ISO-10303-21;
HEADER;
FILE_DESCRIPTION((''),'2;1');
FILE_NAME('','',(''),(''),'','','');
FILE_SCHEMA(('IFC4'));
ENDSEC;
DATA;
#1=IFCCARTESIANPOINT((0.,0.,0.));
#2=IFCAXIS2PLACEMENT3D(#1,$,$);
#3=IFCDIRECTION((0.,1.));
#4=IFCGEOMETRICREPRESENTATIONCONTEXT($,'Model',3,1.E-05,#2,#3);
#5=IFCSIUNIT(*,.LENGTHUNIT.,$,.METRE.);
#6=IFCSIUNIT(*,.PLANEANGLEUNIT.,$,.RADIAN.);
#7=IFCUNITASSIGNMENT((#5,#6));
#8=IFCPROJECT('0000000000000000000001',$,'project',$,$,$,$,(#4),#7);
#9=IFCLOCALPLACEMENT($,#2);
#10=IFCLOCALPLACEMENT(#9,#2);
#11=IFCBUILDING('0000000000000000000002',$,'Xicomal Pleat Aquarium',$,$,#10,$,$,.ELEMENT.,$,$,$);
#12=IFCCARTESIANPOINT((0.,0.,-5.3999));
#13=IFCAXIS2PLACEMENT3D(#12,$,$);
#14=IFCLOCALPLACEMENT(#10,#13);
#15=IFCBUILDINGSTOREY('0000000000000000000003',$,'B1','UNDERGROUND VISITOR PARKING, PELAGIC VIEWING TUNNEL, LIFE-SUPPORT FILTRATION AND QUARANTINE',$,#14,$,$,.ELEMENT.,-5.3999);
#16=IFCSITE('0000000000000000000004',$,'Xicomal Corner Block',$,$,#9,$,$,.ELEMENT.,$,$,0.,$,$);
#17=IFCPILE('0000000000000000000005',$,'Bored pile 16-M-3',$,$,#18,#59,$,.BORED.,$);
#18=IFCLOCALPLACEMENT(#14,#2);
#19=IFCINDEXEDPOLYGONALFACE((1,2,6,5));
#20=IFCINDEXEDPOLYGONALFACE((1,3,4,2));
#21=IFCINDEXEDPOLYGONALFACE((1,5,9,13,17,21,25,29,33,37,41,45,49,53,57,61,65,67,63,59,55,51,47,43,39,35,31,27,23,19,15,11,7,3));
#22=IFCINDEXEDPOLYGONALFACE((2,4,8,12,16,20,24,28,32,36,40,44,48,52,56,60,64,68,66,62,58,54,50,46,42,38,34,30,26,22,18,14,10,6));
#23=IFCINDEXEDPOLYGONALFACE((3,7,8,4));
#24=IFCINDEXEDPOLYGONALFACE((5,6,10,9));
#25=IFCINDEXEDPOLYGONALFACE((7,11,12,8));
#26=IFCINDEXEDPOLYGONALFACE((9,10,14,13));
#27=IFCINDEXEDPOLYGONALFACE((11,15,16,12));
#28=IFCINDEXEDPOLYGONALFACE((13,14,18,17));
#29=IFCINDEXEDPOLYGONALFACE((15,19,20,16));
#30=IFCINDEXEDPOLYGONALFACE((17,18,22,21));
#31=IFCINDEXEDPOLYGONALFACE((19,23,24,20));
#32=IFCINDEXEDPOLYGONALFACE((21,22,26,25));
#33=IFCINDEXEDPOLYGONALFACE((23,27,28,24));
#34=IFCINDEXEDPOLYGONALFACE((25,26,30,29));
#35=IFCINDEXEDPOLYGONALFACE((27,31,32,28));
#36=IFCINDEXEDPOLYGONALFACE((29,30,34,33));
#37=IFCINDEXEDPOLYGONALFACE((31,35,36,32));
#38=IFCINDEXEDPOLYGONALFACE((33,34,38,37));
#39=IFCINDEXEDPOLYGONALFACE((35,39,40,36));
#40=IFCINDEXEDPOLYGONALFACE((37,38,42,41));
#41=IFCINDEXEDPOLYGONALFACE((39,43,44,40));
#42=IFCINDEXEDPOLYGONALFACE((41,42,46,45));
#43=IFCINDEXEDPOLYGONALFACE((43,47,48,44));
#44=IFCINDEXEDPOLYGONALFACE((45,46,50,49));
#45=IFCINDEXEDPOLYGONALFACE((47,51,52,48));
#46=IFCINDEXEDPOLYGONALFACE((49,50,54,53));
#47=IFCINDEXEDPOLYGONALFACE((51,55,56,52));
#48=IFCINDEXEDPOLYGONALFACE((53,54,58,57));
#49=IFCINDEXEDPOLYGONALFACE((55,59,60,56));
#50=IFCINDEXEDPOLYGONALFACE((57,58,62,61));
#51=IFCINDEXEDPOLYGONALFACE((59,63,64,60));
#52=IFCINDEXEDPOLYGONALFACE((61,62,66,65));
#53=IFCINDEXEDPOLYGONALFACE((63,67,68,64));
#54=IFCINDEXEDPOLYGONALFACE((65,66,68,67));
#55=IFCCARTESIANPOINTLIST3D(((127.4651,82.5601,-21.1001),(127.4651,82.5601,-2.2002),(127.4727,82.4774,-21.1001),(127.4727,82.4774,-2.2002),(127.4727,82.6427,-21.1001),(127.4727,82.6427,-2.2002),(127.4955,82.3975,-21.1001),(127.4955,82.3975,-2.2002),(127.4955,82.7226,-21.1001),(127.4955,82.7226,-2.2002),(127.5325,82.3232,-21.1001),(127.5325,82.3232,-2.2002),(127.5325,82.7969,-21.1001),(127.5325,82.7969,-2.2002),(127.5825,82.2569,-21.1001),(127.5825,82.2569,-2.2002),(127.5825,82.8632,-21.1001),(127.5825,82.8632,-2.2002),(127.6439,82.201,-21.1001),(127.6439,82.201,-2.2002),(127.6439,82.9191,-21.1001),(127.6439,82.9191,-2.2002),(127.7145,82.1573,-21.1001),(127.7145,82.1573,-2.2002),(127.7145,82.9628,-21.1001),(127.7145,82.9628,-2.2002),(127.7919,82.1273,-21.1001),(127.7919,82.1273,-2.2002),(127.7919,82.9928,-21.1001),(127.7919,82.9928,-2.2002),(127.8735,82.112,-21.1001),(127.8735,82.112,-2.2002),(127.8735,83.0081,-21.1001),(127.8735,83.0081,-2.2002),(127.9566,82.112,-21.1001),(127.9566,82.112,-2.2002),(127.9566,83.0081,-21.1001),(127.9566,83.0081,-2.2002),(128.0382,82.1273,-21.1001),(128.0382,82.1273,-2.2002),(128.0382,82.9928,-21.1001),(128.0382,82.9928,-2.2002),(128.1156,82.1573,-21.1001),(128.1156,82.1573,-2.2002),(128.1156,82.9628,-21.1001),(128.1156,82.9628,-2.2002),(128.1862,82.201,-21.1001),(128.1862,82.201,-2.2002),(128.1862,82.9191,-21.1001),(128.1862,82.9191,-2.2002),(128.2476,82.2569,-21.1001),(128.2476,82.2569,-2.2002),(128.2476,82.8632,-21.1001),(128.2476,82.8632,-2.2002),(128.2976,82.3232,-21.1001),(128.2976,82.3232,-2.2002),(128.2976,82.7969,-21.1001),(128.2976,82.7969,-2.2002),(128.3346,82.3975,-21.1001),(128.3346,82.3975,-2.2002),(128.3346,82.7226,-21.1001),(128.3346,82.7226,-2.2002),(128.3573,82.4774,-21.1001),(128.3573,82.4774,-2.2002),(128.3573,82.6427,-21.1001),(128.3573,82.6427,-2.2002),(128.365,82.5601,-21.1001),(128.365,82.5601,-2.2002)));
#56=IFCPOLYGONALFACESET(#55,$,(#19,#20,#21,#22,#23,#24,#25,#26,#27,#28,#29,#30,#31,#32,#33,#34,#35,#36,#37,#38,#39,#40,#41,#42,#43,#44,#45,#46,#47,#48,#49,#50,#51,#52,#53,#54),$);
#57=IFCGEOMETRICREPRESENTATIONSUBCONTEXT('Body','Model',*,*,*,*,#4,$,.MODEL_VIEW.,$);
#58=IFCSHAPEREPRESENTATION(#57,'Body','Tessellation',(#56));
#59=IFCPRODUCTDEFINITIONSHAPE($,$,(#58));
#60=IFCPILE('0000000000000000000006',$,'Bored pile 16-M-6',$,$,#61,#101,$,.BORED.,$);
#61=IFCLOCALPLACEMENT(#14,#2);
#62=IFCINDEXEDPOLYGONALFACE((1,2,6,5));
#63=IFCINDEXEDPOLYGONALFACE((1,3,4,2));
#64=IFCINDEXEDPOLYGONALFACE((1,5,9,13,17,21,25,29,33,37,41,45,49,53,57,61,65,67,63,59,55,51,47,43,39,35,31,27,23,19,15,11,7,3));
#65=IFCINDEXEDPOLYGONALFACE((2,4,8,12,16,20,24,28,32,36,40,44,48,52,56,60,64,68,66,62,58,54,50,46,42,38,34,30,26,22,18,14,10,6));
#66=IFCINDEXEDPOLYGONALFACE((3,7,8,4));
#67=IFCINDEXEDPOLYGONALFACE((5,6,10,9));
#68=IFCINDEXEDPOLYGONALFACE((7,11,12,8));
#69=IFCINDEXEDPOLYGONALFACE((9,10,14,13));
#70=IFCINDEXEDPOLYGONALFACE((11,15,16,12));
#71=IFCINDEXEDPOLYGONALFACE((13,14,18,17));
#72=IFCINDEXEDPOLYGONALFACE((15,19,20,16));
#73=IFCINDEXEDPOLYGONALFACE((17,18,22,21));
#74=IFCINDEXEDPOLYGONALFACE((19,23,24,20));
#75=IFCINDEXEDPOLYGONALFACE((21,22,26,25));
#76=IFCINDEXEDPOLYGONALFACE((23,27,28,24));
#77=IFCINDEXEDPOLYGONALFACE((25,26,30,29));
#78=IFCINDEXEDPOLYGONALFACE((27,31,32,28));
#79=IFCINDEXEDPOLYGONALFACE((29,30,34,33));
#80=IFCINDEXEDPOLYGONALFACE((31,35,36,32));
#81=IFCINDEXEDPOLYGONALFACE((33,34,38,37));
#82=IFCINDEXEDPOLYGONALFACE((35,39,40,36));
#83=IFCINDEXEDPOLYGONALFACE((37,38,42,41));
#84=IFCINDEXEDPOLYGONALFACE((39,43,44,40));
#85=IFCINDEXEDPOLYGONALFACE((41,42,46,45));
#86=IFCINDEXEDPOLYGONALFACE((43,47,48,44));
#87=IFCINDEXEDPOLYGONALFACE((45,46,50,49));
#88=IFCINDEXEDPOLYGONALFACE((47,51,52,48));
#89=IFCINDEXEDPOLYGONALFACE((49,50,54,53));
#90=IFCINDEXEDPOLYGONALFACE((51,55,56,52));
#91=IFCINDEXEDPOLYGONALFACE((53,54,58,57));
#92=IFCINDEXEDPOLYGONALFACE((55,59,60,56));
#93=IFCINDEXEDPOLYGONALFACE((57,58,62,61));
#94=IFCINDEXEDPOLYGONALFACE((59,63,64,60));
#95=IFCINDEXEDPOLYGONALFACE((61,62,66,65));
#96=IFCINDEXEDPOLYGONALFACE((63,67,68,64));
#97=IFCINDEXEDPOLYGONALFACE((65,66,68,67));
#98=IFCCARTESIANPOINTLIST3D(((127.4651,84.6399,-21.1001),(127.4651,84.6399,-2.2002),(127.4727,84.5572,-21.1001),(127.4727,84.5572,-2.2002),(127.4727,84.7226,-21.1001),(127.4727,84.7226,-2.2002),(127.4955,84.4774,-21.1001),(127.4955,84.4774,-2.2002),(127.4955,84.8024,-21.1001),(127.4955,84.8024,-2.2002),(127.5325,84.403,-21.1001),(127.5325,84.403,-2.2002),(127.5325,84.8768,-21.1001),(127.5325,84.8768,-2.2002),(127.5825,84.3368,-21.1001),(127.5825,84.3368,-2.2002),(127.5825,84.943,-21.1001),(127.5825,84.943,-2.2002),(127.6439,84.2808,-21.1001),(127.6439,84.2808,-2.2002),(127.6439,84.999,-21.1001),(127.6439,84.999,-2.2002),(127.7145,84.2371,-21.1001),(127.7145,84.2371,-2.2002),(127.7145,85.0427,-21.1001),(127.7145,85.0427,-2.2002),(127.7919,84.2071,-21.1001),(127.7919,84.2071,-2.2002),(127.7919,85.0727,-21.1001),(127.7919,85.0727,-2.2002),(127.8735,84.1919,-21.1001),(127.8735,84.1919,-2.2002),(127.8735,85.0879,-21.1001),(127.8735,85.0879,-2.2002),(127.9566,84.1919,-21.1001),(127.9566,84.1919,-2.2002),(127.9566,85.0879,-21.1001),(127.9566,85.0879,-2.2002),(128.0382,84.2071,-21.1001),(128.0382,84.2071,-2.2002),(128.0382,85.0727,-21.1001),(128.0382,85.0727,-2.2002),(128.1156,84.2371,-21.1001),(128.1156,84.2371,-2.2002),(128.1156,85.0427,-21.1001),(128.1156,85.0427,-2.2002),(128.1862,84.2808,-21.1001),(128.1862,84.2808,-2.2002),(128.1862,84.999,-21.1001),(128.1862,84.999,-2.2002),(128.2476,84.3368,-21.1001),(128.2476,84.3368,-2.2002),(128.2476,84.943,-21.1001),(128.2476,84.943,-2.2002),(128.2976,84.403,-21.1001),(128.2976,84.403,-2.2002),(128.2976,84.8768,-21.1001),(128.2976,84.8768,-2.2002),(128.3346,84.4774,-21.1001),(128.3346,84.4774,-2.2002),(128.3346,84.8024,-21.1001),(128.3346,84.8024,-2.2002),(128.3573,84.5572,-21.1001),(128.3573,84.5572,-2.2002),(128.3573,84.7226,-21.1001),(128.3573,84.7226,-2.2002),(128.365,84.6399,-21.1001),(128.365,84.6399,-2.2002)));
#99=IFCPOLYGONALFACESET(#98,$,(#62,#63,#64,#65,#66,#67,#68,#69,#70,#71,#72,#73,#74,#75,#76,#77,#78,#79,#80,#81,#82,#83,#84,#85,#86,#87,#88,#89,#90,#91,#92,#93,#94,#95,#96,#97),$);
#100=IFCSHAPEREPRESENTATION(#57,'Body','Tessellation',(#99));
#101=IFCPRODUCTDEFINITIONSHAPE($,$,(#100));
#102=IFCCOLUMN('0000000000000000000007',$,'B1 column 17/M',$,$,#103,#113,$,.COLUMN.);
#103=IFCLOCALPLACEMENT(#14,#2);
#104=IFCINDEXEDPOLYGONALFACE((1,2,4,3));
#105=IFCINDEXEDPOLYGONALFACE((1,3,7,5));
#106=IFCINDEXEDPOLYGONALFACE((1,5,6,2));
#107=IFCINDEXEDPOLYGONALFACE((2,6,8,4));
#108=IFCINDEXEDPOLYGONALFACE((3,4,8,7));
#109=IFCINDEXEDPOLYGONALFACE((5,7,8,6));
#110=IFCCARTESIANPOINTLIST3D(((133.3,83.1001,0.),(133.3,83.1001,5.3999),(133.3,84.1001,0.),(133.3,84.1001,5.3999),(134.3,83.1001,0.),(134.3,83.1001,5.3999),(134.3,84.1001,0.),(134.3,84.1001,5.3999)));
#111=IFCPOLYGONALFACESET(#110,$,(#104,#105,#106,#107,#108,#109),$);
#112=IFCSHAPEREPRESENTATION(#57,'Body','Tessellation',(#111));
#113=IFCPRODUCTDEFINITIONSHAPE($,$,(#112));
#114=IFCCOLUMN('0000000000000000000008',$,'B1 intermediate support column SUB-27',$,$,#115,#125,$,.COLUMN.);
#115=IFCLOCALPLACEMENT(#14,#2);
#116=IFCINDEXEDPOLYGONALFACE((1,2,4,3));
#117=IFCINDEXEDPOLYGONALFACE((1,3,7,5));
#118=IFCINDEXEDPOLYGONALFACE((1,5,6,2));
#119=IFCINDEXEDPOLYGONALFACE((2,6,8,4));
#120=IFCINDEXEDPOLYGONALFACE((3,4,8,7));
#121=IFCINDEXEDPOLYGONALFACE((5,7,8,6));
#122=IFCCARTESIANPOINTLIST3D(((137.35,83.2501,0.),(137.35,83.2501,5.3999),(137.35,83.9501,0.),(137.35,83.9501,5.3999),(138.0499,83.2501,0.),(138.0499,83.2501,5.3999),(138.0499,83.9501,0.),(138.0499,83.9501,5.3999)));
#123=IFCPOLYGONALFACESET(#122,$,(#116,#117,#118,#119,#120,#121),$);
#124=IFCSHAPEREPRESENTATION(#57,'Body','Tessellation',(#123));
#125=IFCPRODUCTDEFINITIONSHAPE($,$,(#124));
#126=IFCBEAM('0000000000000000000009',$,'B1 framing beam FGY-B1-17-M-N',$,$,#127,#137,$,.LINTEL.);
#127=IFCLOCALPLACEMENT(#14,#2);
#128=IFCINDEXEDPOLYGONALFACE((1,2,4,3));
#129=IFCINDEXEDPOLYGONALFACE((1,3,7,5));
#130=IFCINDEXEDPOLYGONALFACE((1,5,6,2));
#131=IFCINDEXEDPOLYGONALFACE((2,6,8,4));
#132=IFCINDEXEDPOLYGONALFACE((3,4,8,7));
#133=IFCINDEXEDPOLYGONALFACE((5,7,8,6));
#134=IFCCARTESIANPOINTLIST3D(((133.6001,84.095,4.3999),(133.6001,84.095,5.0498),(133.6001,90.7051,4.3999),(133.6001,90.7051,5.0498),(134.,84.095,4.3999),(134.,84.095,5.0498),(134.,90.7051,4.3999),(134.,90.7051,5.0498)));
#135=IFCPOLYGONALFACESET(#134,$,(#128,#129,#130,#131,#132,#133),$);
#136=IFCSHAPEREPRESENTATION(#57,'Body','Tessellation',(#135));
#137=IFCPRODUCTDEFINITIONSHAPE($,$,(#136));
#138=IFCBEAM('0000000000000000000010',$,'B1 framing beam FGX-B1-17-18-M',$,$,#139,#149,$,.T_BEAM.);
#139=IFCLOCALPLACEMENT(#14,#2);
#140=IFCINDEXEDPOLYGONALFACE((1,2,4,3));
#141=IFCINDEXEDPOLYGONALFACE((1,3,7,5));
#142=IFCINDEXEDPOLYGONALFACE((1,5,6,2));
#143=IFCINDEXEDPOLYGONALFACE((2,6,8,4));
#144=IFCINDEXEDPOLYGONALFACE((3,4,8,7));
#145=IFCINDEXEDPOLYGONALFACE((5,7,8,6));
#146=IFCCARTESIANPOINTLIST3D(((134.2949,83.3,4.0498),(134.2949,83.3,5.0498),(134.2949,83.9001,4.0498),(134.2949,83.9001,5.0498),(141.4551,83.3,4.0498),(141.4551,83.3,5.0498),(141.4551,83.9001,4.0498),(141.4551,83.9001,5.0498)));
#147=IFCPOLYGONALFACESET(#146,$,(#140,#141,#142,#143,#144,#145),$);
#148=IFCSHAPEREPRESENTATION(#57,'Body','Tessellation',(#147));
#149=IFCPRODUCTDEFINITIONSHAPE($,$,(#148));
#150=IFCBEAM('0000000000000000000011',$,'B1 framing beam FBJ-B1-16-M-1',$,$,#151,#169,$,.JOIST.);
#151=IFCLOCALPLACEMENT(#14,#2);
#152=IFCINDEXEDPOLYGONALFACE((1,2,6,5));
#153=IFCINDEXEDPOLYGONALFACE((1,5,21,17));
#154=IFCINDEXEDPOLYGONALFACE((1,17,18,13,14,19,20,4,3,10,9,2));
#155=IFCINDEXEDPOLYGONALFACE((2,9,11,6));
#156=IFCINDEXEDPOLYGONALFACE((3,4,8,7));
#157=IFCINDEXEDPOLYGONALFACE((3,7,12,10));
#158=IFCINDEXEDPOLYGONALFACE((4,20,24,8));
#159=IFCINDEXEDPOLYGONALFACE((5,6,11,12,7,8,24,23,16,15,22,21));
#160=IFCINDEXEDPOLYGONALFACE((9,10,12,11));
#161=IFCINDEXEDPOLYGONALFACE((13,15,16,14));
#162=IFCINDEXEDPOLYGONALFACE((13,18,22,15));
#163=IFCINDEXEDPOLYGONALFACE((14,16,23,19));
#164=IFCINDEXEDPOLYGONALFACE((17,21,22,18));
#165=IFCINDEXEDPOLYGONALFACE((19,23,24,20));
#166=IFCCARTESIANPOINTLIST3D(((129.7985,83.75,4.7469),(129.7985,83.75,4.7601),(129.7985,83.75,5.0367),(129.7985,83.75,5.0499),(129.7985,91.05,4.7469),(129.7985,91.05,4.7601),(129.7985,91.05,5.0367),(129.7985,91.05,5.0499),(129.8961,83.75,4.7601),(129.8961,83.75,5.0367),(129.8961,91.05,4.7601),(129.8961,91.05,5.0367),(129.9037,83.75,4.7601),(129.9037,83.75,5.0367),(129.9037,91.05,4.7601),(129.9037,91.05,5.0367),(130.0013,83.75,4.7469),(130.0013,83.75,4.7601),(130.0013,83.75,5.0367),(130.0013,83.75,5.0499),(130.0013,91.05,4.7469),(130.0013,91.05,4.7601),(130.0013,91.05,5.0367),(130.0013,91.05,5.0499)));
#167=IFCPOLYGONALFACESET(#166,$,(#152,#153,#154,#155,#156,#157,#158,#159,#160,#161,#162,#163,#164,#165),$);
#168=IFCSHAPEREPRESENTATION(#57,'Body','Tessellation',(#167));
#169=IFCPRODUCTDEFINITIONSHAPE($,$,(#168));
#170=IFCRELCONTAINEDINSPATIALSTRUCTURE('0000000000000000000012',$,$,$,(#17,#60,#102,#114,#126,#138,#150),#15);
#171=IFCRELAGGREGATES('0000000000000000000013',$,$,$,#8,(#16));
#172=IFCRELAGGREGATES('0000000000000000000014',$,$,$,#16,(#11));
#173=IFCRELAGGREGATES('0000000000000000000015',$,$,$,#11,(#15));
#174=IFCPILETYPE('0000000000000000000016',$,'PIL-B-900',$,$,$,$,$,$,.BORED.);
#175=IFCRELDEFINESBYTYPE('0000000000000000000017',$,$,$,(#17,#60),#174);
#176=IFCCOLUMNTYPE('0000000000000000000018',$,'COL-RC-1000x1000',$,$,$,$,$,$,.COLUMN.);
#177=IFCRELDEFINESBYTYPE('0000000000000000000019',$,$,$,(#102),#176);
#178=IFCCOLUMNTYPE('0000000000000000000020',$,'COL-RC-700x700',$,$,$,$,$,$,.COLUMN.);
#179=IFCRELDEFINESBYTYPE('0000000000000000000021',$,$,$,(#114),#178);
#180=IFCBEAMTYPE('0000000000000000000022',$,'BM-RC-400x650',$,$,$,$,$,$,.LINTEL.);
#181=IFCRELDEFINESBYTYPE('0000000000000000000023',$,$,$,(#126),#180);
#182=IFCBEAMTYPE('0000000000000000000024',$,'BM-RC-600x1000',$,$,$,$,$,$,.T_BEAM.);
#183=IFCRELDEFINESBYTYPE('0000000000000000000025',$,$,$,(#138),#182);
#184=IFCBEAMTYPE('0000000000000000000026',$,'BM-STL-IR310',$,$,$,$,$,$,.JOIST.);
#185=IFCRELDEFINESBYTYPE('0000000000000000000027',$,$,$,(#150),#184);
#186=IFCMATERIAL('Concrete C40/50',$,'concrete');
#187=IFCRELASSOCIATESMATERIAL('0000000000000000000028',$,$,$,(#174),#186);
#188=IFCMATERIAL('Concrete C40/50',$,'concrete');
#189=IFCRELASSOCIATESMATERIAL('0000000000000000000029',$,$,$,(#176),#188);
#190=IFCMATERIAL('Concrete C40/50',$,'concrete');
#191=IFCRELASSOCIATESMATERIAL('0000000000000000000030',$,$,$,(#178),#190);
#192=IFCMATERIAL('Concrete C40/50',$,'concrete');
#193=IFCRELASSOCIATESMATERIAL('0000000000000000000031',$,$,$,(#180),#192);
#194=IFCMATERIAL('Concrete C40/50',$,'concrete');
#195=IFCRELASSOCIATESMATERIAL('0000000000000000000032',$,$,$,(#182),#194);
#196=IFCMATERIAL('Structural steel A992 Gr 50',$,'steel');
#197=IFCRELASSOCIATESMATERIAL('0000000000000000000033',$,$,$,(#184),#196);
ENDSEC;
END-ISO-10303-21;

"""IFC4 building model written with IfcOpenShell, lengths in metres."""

from ifc_helpers import new_model, si_unit, direction, frame, origin, origin_2d, place, context, subcontext, project, spatial, rectangle, circle, i_section, extrude, material, material_profile, profile_set, type_object, element, save


model = new_model("IFC4")

# Units and contexts
model_context = context("Model", 3, precision=1e-05, world=origin(), true_north=direction((0.0, 1.0)))
body_context = subcontext(model_context, "Body", "Model", "MODEL_VIEW")
ifc_project = project(units=[si_unit("LENGTHUNIT", "METRE"), si_unit("PLANEANGLEUNIT", "RADIAN")], contexts=[model_context])

# Site, building, storey
site_placement = place(None, origin())
site = spatial("IfcSite", under=ifc_project, at=site_placement, Name="Xicomal Corner Block", CompositionType="ELEMENT", RefElevation=0.0)
building_placement = place(site_placement, origin())
building = spatial("IfcBuilding", under=site, at=building_placement, Name="Xicomal Pleat Aquarium", CompositionType="ELEMENT")
storey_placement = place(building_placement, frame((0.0, 0.0, -5.3999)))
storey = spatial("IfcBuildingStorey", under=building, at=storey_placement, Name="B1", Description="UNDERGROUND VISITOR PARKING, PELAGIC VIEWING TUNNEL, LIFE-SUPPORT FILTRATION AND QUARANTINE", CompositionType="ELEMENT", Elevation=-5.3999)

# Piles
ifc_material_1 = material(Name="Concrete C40/50", Category="concrete")
ifc_material_profile_1 = material_profile(ifc_material_1, circle(Radius=0.45, at=origin_2d()), Name="BORED PILE D900")
ifc_profile_set_1 = profile_set([ifc_material_profile_1], Name="Concrete C40/50")
pile_type_1 = type_object("IfcPileType", Name="PIL-B-900", PredefinedType="BORED", material=ifc_profile_set_1)
for number, where, z_axis, x_axis, name in (
    (1, (127.915, 82.5601, -2.2002), (0.0, 0.0, -1.0), (1.0, 0.0, 0.0), "Bored pile 16-M-3"),
    (2, (127.915, 84.6399, -2.2002), (0.0, 0.0, -1.0), (1.0, 0.0, 0.0), "Bored pile 16-M-6"),
):
    element("IfcPile", number, at=place(storey_placement, frame(where, z_axis=z_axis, x_axis=x_axis)), inside=storey, type_object=pile_type_1, Name=name, PredefinedType="BORED", context=body_context, shape_type="SweptSolid", body=[
        extrude(circle(Radius=0.45, at=origin_2d()), origin(), (0.0, 0.0, 1.0), 18.8999),
    ])

# Columns
ifc_material_2 = material(Name="Concrete C40/50", Category="concrete")
ifc_material_profile_2 = material_profile(ifc_material_2, rectangle(XDim=1.0, YDim=1.0, at=origin_2d()), Name="RC 1000x1000")
ifc_profile_set_2 = profile_set([ifc_material_profile_2], Name="Concrete C40/50")
column_type_1 = type_object("IfcColumnType", Name="COL-RC-1000x1000", PredefinedType="COLUMN", material=ifc_profile_set_2)
column_1_placement = place(storey_placement, frame((133.8, 83.6001, 0.0), z_axis=(0.0, 0.0, 1.0), x_axis=(1.0, 0.0, 0.0)))
element("IfcColumn", 3, at=column_1_placement, inside=storey, type_object=column_type_1, Name="B1 column 17/M", PredefinedType="COLUMN", context=body_context, shape_type="SweptSolid", body=[
    extrude(rectangle(XDim=1.0, YDim=1.0, at=origin_2d()), origin(), (0.0, 0.0, 1.0), 5.3999),
])
ifc_material_3 = material(Name="Concrete C40/50", Category="concrete")
ifc_material_profile_3 = material_profile(ifc_material_3, rectangle(XDim=0.7, YDim=0.7, at=origin_2d()), Name="RC 700x700")
ifc_profile_set_3 = profile_set([ifc_material_profile_3], Name="Concrete C40/50")
column_type_2 = type_object("IfcColumnType", Name="COL-RC-700x700", PredefinedType="COLUMN", material=ifc_profile_set_3)
column_2_placement = place(storey_placement, frame((137.7, 83.6001, 0.0), z_axis=(0.0, 0.0, 1.0), x_axis=(1.0, 0.0, 0.0)))
element("IfcColumn", 4, at=column_2_placement, inside=storey, type_object=column_type_2, Name="B1 intermediate support column SUB-27", PredefinedType="COLUMN", context=body_context, shape_type="SweptSolid", body=[
    extrude(rectangle(XDim=0.7, YDim=0.7, at=origin_2d()), origin(), (0.0, 0.0, 1.0), 5.3999),
])

# Beams
ifc_material_4 = material(Name="Concrete C40/50", Category="concrete")
ifc_material_profile_4 = material_profile(ifc_material_4, rectangle(XDim=0.3999, YDim=0.6499, at=origin_2d()), Name="RC 400x650")
ifc_profile_set_4 = profile_set([ifc_material_profile_4], Name="Concrete C40/50")
beam_type_1 = type_object("IfcBeamType", Name="BM-RC-400x650", PredefinedType="LINTEL", material=ifc_profile_set_4)
beam_1_placement = place(storey_placement, frame((133.8, 84.095, 4.7249), z_axis=(0.0, 1.0, 0.0), x_axis=(-1.0, 0.0, 0.0)))
element("IfcBeam", 5, at=beam_1_placement, inside=storey, type_object=beam_type_1, Name="B1 framing beam FGY-B1-17-M-N", PredefinedType="LINTEL", context=body_context, shape_type="SweptSolid", body=[
    extrude(rectangle(XDim=0.3999, YDim=0.6499, at=origin_2d()), origin(), (0.0, 0.0, 1.0), 6.6101),
])
ifc_material_5 = material(Name="Concrete C40/50", Category="concrete")
ifc_material_profile_5 = material_profile(ifc_material_5, rectangle(XDim=0.6001, YDim=1.0, at=origin_2d()), Name="RC 600x1000")
ifc_profile_set_5 = profile_set([ifc_material_profile_5], Name="Concrete C40/50")
beam_type_2 = type_object("IfcBeamType", Name="BM-RC-600x1000", PredefinedType="T_BEAM", material=ifc_profile_set_5)
beam_2_placement = place(storey_placement, frame((134.2949, 83.6001, 4.5498), z_axis=(1.0, 0.0, 0.0), x_axis=(0.0, 1.0, 0.0)))
element("IfcBeam", 6, at=beam_2_placement, inside=storey, type_object=beam_type_2, Name="B1 framing beam FGX-B1-17-18-M", PredefinedType="T_BEAM", context=body_context, shape_type="SweptSolid", body=[
    extrude(rectangle(XDim=0.6001, YDim=1.0, at=origin_2d()), origin(), (0.0, 0.0, 1.0), 7.1602),
])
ifc_material_6 = material(Name="Structural steel A992 Gr 50", Category="steel")
ifc_material_profile_6 = material_profile(ifc_material_6, i_section(OverallWidth=0.2029, OverallDepth=0.303, WebThickness=0.0076, FlangeThickness=0.0132, at=origin_2d()), Name="IR 310x60")
ifc_profile_set_6 = profile_set([ifc_material_profile_6], Name="Structural steel A992 Gr 50")
beam_type_3 = type_object("IfcBeamType", Name="BM-STL-IR310", PredefinedType="JOIST", material=ifc_profile_set_6)
beam_3_placement = place(storey_placement, frame((129.8999, 83.75, 4.8984), z_axis=(0.0, 1.0, 0.0), x_axis=(-1.0, 0.0, 0.0)))
element("IfcBeam", 7, at=beam_3_placement, inside=storey, type_object=beam_type_3, Name="B1 framing beam FBJ-B1-16-M-1", PredefinedType="JOIST", context=body_context, shape_type="SweptSolid", body=[
    extrude(i_section(OverallWidth=0.2029, OverallDepth=0.303, WebThickness=0.0076, FlangeThickness=0.0132, at=origin_2d()), origin(), (0.0, 0.0, 1.0), 7.3),
])

save(model, "model.ifc")
